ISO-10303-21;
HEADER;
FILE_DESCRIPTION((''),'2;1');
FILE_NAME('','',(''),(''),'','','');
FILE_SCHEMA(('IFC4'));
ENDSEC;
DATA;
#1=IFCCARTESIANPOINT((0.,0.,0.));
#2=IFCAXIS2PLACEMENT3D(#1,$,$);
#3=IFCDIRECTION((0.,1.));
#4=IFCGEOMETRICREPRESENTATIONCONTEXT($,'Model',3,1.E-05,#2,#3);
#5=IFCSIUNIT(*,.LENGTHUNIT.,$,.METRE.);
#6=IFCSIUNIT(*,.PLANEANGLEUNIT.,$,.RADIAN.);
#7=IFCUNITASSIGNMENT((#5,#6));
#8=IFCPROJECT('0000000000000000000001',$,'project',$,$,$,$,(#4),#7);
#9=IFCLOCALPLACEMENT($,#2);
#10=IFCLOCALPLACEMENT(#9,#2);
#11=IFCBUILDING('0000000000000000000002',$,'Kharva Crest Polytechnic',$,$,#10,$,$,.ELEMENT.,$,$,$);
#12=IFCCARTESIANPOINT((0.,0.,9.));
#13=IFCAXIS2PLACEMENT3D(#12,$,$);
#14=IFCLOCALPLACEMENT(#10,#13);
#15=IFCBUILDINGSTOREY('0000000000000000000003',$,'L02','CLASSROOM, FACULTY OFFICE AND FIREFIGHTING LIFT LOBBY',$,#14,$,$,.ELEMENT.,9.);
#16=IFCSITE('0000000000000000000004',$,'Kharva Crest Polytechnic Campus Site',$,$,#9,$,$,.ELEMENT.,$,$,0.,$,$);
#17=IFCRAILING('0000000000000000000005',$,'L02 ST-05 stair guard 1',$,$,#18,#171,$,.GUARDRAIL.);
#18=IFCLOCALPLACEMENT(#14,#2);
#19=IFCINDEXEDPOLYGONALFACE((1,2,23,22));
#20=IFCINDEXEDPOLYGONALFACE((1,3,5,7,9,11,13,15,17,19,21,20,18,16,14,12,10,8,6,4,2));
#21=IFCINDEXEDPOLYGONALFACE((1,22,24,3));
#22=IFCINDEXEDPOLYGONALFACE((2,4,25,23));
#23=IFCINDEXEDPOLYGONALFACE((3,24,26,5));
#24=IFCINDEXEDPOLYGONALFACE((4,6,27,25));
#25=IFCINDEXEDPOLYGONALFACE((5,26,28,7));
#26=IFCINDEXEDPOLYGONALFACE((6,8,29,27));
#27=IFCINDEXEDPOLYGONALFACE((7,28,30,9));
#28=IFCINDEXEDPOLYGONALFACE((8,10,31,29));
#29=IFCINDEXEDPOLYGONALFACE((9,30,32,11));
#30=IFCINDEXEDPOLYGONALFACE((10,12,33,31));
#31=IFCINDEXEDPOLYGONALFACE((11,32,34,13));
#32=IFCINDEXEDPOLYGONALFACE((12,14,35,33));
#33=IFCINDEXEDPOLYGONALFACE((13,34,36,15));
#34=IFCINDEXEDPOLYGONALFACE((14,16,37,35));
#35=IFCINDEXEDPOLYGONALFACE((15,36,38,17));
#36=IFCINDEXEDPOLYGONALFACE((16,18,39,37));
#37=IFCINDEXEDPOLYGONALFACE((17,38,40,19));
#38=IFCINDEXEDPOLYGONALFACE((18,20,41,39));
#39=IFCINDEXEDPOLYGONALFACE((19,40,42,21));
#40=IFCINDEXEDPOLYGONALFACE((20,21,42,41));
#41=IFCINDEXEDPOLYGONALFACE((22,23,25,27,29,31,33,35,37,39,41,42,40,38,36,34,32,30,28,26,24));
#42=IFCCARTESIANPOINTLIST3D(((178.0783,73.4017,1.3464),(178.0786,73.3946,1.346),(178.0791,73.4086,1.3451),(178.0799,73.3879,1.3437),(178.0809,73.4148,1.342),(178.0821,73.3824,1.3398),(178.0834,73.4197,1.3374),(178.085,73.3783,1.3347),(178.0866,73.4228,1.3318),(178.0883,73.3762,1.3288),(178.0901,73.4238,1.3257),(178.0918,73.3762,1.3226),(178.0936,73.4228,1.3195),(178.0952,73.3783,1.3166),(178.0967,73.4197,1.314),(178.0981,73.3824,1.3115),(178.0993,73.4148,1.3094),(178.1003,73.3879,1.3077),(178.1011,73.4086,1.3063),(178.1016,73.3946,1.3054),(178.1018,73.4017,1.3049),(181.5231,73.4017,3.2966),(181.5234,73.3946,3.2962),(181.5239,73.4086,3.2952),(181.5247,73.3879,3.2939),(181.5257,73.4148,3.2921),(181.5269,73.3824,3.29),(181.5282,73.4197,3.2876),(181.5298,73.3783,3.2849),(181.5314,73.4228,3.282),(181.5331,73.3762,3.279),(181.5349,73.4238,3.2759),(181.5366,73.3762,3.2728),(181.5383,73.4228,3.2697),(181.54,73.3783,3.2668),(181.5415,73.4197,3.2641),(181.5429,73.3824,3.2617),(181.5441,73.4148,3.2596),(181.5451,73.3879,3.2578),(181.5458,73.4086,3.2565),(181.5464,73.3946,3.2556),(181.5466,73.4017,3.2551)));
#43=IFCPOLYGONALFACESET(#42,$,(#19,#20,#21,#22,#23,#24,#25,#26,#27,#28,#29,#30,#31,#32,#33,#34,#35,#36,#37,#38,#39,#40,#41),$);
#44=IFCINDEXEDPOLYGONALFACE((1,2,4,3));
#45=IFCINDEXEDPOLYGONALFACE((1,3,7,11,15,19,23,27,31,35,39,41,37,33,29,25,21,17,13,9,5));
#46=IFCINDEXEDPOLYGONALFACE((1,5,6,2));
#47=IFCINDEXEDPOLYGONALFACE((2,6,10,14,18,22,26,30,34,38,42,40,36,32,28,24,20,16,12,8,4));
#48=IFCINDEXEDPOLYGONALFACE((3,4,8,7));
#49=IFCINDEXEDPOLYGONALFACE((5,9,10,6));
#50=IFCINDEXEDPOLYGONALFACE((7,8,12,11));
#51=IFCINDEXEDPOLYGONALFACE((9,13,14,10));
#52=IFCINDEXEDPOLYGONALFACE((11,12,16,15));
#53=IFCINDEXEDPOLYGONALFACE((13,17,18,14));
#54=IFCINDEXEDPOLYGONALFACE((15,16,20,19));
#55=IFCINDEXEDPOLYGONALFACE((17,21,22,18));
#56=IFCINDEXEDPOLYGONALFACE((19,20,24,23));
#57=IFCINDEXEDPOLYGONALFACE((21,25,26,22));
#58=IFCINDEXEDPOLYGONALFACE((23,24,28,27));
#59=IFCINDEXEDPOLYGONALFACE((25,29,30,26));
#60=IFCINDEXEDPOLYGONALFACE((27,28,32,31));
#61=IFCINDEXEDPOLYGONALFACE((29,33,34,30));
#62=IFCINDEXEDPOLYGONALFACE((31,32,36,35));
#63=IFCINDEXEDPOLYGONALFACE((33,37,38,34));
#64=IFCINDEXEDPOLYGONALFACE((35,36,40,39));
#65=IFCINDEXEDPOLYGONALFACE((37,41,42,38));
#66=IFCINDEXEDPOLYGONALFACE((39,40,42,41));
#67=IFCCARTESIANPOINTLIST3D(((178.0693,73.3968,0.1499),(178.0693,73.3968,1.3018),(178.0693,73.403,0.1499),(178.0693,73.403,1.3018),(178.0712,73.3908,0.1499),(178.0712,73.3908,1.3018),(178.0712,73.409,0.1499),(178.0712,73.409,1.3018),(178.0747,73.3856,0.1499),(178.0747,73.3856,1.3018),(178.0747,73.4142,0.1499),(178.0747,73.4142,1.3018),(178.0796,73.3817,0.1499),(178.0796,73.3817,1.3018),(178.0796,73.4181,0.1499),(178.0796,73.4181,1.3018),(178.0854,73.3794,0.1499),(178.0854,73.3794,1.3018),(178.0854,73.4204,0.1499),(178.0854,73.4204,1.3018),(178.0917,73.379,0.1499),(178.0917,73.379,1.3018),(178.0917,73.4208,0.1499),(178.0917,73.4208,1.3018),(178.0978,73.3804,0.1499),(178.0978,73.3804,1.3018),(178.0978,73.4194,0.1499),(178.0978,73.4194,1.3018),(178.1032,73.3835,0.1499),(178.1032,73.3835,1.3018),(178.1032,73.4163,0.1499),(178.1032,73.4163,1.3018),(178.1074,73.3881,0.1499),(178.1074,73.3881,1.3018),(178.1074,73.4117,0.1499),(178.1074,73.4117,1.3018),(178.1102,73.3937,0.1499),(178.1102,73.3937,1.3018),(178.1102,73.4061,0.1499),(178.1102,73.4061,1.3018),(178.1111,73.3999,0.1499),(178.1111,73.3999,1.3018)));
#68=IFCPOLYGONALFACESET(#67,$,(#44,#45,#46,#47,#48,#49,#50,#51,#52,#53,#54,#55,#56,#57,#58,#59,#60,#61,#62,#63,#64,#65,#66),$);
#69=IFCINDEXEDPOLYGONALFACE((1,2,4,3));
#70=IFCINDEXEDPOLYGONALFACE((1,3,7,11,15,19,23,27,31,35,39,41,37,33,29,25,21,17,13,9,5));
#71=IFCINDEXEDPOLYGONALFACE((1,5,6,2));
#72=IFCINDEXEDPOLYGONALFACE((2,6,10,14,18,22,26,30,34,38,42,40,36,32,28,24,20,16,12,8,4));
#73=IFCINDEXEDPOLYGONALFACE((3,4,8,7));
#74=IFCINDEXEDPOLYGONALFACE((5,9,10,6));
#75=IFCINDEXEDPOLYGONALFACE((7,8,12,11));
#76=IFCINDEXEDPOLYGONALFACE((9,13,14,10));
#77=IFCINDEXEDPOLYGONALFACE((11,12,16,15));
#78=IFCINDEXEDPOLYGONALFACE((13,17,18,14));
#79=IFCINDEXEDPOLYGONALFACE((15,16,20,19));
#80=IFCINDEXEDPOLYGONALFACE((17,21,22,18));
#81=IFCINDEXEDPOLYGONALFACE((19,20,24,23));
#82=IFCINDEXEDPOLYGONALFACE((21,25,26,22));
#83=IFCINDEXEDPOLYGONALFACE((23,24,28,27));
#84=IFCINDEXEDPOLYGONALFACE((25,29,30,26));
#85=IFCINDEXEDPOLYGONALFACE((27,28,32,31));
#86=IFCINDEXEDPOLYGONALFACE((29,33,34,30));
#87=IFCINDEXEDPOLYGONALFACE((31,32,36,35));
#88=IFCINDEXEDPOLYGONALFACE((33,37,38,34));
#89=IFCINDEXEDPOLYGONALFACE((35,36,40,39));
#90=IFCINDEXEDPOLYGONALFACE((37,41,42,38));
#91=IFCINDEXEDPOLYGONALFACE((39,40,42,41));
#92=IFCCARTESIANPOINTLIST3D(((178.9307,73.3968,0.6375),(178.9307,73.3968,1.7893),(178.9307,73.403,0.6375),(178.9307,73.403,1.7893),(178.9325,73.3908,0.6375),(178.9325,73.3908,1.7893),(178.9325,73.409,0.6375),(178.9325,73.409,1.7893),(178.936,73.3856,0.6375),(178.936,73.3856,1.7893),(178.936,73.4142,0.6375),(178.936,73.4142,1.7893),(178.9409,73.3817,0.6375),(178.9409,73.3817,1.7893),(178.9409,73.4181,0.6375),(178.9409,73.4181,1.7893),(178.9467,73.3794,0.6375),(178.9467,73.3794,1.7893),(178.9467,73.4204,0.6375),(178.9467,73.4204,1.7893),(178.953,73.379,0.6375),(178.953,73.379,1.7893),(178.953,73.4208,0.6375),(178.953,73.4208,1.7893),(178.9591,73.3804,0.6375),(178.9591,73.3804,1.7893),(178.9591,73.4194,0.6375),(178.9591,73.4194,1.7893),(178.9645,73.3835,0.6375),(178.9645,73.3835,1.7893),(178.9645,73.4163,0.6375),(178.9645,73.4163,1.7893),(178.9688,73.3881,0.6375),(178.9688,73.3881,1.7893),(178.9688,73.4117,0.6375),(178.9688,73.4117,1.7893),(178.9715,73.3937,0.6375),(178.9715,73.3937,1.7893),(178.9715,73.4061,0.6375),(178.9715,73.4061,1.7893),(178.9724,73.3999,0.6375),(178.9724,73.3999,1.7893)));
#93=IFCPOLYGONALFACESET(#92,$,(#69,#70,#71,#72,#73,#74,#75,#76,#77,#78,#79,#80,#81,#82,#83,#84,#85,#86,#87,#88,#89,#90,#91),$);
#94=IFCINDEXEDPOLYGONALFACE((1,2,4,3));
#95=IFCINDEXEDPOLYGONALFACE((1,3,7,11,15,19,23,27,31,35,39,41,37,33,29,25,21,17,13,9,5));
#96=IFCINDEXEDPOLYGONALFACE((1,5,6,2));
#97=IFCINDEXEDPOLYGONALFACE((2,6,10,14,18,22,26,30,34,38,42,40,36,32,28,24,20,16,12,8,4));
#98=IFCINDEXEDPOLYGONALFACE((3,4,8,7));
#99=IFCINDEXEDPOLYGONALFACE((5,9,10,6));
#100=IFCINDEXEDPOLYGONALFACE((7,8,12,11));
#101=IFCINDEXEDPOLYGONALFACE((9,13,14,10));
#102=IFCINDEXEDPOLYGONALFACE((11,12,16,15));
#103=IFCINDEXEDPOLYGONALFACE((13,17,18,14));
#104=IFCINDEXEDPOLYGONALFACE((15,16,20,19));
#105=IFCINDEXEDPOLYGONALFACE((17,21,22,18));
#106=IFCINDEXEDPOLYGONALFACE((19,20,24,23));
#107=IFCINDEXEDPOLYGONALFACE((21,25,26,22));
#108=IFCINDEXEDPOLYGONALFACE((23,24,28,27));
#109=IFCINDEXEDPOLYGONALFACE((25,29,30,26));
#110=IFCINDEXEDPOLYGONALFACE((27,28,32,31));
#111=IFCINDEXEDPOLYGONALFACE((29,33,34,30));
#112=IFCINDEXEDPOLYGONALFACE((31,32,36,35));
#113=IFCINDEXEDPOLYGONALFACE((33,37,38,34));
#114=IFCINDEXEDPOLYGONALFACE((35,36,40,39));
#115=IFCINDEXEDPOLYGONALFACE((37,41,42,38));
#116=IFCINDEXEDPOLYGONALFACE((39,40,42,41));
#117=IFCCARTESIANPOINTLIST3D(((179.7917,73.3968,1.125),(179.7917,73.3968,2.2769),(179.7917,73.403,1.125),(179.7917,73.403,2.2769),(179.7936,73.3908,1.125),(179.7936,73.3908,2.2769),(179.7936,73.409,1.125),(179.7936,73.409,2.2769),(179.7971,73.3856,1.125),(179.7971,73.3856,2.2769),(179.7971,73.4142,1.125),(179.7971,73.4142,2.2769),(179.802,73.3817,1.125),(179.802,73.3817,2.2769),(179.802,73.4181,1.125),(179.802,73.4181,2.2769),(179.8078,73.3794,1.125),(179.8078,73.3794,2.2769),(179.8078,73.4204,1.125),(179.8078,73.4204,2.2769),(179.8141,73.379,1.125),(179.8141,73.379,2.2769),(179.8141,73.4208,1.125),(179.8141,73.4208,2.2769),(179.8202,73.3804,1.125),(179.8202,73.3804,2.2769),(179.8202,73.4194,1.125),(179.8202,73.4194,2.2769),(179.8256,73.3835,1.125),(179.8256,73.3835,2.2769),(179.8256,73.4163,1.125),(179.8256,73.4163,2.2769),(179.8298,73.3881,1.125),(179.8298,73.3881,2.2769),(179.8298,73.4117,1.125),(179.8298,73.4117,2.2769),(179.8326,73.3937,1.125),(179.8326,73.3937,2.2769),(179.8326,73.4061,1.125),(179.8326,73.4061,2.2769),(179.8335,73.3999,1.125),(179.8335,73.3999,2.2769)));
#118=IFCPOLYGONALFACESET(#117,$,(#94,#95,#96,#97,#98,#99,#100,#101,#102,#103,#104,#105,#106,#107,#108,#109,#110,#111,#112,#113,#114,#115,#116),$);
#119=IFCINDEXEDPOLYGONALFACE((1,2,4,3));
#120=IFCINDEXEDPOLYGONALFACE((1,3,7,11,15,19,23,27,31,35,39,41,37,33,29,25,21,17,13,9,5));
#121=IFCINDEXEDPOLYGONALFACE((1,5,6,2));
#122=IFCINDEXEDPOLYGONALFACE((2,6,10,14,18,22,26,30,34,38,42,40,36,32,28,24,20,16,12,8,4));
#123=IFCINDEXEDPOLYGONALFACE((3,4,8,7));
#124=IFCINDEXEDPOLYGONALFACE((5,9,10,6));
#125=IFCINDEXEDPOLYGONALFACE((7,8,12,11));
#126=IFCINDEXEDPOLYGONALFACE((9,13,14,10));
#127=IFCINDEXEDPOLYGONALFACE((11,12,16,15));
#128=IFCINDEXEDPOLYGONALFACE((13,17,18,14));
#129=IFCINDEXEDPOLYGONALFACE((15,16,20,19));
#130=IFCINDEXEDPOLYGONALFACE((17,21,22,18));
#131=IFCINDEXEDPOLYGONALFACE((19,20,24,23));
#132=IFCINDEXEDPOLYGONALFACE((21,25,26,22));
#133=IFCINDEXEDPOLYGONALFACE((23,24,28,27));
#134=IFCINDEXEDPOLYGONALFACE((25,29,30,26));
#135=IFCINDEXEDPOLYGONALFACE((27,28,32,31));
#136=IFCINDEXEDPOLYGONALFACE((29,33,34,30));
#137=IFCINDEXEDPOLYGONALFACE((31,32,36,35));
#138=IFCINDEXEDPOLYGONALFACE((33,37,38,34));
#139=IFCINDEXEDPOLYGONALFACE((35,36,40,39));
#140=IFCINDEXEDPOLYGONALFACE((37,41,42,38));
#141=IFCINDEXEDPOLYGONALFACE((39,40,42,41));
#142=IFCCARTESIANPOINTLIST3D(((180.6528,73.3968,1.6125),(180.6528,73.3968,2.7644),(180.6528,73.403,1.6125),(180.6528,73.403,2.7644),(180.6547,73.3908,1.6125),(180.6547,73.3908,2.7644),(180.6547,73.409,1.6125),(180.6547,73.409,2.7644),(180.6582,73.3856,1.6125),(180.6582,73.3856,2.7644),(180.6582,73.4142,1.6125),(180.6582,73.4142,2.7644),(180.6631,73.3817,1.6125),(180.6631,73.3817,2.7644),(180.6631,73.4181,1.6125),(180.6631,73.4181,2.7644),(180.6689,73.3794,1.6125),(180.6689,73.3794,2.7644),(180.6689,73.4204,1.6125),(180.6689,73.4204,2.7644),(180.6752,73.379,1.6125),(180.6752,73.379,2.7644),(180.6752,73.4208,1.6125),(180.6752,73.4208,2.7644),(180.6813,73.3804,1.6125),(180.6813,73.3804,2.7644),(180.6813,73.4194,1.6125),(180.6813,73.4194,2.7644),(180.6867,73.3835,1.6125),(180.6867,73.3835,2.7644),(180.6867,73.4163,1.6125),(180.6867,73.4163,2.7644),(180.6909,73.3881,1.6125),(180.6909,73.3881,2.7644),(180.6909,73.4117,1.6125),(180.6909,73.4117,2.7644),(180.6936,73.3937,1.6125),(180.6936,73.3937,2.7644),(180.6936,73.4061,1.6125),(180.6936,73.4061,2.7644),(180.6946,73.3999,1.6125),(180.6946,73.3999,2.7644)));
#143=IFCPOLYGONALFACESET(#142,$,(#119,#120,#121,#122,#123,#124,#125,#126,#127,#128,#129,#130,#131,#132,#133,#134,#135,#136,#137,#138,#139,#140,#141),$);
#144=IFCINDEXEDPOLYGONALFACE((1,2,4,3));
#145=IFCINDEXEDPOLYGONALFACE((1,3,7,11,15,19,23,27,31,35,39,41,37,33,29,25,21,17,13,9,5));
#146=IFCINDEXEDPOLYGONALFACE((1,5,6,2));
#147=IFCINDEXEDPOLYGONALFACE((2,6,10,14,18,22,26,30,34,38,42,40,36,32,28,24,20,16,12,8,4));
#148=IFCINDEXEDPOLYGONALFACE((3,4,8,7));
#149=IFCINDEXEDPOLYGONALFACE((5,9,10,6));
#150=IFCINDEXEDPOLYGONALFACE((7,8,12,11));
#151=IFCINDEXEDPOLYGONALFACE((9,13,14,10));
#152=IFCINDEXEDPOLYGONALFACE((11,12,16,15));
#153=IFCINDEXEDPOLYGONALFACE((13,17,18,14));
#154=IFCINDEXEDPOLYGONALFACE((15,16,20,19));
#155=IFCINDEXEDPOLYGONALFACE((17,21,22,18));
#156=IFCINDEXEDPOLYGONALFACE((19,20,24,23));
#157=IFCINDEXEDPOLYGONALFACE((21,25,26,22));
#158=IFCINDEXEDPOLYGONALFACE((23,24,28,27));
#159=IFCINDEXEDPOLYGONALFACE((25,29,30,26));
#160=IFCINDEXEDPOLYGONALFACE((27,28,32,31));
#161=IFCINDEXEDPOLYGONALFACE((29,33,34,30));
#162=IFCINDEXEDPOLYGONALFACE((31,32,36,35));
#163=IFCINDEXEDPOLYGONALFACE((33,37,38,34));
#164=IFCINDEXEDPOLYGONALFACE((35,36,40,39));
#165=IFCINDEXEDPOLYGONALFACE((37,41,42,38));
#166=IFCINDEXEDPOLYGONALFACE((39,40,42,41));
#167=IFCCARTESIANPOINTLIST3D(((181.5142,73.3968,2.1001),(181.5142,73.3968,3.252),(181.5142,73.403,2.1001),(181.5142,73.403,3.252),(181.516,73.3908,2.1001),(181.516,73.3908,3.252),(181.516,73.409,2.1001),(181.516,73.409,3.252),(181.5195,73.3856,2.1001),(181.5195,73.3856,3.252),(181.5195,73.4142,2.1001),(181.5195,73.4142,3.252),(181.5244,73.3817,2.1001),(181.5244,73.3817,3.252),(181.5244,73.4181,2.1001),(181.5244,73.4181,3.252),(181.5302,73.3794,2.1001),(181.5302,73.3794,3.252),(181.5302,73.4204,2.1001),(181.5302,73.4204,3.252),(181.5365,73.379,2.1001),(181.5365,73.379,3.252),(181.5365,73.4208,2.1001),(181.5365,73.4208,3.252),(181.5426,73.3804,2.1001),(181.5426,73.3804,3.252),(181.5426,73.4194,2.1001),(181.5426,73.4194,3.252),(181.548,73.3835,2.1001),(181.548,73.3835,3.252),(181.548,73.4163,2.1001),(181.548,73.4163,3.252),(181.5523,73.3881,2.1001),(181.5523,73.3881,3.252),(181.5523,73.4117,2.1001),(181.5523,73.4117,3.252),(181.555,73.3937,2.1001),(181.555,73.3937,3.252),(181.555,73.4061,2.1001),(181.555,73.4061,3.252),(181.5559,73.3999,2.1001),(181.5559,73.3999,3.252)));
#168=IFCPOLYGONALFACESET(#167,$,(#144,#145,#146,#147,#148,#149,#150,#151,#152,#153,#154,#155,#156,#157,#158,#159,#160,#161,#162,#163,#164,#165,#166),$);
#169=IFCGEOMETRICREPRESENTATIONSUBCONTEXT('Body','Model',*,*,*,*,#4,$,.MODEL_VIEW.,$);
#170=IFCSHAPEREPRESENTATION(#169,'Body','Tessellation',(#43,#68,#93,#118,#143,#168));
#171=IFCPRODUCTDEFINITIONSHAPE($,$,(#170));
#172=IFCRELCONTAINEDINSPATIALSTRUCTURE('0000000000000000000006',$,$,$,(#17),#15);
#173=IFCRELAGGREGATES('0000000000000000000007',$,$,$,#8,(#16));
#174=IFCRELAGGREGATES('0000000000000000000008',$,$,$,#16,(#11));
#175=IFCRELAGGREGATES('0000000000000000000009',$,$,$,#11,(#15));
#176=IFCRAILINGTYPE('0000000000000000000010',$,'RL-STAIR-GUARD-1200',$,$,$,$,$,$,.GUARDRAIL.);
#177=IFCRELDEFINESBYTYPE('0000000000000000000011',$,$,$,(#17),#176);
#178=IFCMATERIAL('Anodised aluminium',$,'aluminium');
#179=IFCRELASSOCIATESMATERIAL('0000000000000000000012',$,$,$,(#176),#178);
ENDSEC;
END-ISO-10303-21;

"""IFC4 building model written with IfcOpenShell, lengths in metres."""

from ifc_helpers import new_model, si_unit, direction, frame, origin, origin_2d, place, context, subcontext, project, spatial, circle, extrude, material, type_object, element, save


model = new_model("IFC4")

# Units and contexts
model_context = context("Model", 3, precision=1e-05, world=origin(), true_north=direction((0.0, 1.0)))
body_context = subcontext(model_context, "Body", "Model", "MODEL_VIEW")
ifc_project = project(units=[si_unit("LENGTHUNIT", "METRE"), si_unit("PLANEANGLEUNIT", "RADIAN")], contexts=[model_context])

# Site, building, storey
site_placement = place(None, origin())
site = spatial("IfcSite", under=ifc_project, at=site_placement, Name="Kharva Crest Polytechnic Campus Site", CompositionType="ELEMENT", RefElevation=0.0)
building_placement = place(site_placement, origin())
building = spatial("IfcBuilding", under=site, at=building_placement, Name="Kharva Crest Polytechnic", CompositionType="ELEMENT")
storey_placement = place(building_placement, frame((0.0, 0.0, 9.0)))
storey = spatial("IfcBuildingStorey", under=building, at=storey_placement, Name="L02", Description="CLASSROOM, FACULTY OFFICE AND FIREFIGHTING LIFT LOBBY", CompositionType="ELEMENT", Elevation=9.0)

# Railing
ifc_material_1 = material(Name="Anodised aluminium", Category="aluminium")
railing_type_1 = type_object("IfcRailingType", Name="RL-STAIR-GUARD-1200", PredefinedType="GUARDRAIL", material=ifc_material_1)
railing_1_placement = place(storey_placement, frame((178.0901, 73.3999, 0.1499)))
element("IfcRailing", 1, at=railing_1_placement, inside=storey, type_object=railing_type_1, Name="L02 ST-05 stair guard 1", PredefinedType="GUARDRAIL", context=body_context, shape_type="SweptSolid", body=[
    extrude(circle(Radius=0.0239, at=origin_2d()), frame((0.0, 0.0, 1.1758), z_axis=(0.870225, 0.0, 0.492655), x_axis=(0.0, 1.0, 0.0)), (0.0, 0.0, 1.0), 3.9585),
    extrude(circle(Radius=0.021, at=origin_2d()), origin(), (0.0, 0.0, 1.0), 1.1519),
    extrude(circle(Radius=0.021, at=origin_2d()), frame((0.8613, 0.0, 0.4875)), (0.0, 0.0, 1.0), 1.1519),
    extrude(circle(Radius=0.021, at=origin_2d()), frame((1.7224, 0.0, 0.9751)), (0.0, 0.0, 1.0), 1.1519),
    extrude(circle(Radius=0.021, at=origin_2d()), frame((2.5835, 0.0, 1.4626)), (0.0, 0.0, 1.0), 1.1519),
    extrude(circle(Radius=0.021, at=origin_2d()), frame((3.4448, 0.0, 1.9502)), (0.0, 0.0, 1.0), 1.1519),
])

save(model, "model.ifc")
